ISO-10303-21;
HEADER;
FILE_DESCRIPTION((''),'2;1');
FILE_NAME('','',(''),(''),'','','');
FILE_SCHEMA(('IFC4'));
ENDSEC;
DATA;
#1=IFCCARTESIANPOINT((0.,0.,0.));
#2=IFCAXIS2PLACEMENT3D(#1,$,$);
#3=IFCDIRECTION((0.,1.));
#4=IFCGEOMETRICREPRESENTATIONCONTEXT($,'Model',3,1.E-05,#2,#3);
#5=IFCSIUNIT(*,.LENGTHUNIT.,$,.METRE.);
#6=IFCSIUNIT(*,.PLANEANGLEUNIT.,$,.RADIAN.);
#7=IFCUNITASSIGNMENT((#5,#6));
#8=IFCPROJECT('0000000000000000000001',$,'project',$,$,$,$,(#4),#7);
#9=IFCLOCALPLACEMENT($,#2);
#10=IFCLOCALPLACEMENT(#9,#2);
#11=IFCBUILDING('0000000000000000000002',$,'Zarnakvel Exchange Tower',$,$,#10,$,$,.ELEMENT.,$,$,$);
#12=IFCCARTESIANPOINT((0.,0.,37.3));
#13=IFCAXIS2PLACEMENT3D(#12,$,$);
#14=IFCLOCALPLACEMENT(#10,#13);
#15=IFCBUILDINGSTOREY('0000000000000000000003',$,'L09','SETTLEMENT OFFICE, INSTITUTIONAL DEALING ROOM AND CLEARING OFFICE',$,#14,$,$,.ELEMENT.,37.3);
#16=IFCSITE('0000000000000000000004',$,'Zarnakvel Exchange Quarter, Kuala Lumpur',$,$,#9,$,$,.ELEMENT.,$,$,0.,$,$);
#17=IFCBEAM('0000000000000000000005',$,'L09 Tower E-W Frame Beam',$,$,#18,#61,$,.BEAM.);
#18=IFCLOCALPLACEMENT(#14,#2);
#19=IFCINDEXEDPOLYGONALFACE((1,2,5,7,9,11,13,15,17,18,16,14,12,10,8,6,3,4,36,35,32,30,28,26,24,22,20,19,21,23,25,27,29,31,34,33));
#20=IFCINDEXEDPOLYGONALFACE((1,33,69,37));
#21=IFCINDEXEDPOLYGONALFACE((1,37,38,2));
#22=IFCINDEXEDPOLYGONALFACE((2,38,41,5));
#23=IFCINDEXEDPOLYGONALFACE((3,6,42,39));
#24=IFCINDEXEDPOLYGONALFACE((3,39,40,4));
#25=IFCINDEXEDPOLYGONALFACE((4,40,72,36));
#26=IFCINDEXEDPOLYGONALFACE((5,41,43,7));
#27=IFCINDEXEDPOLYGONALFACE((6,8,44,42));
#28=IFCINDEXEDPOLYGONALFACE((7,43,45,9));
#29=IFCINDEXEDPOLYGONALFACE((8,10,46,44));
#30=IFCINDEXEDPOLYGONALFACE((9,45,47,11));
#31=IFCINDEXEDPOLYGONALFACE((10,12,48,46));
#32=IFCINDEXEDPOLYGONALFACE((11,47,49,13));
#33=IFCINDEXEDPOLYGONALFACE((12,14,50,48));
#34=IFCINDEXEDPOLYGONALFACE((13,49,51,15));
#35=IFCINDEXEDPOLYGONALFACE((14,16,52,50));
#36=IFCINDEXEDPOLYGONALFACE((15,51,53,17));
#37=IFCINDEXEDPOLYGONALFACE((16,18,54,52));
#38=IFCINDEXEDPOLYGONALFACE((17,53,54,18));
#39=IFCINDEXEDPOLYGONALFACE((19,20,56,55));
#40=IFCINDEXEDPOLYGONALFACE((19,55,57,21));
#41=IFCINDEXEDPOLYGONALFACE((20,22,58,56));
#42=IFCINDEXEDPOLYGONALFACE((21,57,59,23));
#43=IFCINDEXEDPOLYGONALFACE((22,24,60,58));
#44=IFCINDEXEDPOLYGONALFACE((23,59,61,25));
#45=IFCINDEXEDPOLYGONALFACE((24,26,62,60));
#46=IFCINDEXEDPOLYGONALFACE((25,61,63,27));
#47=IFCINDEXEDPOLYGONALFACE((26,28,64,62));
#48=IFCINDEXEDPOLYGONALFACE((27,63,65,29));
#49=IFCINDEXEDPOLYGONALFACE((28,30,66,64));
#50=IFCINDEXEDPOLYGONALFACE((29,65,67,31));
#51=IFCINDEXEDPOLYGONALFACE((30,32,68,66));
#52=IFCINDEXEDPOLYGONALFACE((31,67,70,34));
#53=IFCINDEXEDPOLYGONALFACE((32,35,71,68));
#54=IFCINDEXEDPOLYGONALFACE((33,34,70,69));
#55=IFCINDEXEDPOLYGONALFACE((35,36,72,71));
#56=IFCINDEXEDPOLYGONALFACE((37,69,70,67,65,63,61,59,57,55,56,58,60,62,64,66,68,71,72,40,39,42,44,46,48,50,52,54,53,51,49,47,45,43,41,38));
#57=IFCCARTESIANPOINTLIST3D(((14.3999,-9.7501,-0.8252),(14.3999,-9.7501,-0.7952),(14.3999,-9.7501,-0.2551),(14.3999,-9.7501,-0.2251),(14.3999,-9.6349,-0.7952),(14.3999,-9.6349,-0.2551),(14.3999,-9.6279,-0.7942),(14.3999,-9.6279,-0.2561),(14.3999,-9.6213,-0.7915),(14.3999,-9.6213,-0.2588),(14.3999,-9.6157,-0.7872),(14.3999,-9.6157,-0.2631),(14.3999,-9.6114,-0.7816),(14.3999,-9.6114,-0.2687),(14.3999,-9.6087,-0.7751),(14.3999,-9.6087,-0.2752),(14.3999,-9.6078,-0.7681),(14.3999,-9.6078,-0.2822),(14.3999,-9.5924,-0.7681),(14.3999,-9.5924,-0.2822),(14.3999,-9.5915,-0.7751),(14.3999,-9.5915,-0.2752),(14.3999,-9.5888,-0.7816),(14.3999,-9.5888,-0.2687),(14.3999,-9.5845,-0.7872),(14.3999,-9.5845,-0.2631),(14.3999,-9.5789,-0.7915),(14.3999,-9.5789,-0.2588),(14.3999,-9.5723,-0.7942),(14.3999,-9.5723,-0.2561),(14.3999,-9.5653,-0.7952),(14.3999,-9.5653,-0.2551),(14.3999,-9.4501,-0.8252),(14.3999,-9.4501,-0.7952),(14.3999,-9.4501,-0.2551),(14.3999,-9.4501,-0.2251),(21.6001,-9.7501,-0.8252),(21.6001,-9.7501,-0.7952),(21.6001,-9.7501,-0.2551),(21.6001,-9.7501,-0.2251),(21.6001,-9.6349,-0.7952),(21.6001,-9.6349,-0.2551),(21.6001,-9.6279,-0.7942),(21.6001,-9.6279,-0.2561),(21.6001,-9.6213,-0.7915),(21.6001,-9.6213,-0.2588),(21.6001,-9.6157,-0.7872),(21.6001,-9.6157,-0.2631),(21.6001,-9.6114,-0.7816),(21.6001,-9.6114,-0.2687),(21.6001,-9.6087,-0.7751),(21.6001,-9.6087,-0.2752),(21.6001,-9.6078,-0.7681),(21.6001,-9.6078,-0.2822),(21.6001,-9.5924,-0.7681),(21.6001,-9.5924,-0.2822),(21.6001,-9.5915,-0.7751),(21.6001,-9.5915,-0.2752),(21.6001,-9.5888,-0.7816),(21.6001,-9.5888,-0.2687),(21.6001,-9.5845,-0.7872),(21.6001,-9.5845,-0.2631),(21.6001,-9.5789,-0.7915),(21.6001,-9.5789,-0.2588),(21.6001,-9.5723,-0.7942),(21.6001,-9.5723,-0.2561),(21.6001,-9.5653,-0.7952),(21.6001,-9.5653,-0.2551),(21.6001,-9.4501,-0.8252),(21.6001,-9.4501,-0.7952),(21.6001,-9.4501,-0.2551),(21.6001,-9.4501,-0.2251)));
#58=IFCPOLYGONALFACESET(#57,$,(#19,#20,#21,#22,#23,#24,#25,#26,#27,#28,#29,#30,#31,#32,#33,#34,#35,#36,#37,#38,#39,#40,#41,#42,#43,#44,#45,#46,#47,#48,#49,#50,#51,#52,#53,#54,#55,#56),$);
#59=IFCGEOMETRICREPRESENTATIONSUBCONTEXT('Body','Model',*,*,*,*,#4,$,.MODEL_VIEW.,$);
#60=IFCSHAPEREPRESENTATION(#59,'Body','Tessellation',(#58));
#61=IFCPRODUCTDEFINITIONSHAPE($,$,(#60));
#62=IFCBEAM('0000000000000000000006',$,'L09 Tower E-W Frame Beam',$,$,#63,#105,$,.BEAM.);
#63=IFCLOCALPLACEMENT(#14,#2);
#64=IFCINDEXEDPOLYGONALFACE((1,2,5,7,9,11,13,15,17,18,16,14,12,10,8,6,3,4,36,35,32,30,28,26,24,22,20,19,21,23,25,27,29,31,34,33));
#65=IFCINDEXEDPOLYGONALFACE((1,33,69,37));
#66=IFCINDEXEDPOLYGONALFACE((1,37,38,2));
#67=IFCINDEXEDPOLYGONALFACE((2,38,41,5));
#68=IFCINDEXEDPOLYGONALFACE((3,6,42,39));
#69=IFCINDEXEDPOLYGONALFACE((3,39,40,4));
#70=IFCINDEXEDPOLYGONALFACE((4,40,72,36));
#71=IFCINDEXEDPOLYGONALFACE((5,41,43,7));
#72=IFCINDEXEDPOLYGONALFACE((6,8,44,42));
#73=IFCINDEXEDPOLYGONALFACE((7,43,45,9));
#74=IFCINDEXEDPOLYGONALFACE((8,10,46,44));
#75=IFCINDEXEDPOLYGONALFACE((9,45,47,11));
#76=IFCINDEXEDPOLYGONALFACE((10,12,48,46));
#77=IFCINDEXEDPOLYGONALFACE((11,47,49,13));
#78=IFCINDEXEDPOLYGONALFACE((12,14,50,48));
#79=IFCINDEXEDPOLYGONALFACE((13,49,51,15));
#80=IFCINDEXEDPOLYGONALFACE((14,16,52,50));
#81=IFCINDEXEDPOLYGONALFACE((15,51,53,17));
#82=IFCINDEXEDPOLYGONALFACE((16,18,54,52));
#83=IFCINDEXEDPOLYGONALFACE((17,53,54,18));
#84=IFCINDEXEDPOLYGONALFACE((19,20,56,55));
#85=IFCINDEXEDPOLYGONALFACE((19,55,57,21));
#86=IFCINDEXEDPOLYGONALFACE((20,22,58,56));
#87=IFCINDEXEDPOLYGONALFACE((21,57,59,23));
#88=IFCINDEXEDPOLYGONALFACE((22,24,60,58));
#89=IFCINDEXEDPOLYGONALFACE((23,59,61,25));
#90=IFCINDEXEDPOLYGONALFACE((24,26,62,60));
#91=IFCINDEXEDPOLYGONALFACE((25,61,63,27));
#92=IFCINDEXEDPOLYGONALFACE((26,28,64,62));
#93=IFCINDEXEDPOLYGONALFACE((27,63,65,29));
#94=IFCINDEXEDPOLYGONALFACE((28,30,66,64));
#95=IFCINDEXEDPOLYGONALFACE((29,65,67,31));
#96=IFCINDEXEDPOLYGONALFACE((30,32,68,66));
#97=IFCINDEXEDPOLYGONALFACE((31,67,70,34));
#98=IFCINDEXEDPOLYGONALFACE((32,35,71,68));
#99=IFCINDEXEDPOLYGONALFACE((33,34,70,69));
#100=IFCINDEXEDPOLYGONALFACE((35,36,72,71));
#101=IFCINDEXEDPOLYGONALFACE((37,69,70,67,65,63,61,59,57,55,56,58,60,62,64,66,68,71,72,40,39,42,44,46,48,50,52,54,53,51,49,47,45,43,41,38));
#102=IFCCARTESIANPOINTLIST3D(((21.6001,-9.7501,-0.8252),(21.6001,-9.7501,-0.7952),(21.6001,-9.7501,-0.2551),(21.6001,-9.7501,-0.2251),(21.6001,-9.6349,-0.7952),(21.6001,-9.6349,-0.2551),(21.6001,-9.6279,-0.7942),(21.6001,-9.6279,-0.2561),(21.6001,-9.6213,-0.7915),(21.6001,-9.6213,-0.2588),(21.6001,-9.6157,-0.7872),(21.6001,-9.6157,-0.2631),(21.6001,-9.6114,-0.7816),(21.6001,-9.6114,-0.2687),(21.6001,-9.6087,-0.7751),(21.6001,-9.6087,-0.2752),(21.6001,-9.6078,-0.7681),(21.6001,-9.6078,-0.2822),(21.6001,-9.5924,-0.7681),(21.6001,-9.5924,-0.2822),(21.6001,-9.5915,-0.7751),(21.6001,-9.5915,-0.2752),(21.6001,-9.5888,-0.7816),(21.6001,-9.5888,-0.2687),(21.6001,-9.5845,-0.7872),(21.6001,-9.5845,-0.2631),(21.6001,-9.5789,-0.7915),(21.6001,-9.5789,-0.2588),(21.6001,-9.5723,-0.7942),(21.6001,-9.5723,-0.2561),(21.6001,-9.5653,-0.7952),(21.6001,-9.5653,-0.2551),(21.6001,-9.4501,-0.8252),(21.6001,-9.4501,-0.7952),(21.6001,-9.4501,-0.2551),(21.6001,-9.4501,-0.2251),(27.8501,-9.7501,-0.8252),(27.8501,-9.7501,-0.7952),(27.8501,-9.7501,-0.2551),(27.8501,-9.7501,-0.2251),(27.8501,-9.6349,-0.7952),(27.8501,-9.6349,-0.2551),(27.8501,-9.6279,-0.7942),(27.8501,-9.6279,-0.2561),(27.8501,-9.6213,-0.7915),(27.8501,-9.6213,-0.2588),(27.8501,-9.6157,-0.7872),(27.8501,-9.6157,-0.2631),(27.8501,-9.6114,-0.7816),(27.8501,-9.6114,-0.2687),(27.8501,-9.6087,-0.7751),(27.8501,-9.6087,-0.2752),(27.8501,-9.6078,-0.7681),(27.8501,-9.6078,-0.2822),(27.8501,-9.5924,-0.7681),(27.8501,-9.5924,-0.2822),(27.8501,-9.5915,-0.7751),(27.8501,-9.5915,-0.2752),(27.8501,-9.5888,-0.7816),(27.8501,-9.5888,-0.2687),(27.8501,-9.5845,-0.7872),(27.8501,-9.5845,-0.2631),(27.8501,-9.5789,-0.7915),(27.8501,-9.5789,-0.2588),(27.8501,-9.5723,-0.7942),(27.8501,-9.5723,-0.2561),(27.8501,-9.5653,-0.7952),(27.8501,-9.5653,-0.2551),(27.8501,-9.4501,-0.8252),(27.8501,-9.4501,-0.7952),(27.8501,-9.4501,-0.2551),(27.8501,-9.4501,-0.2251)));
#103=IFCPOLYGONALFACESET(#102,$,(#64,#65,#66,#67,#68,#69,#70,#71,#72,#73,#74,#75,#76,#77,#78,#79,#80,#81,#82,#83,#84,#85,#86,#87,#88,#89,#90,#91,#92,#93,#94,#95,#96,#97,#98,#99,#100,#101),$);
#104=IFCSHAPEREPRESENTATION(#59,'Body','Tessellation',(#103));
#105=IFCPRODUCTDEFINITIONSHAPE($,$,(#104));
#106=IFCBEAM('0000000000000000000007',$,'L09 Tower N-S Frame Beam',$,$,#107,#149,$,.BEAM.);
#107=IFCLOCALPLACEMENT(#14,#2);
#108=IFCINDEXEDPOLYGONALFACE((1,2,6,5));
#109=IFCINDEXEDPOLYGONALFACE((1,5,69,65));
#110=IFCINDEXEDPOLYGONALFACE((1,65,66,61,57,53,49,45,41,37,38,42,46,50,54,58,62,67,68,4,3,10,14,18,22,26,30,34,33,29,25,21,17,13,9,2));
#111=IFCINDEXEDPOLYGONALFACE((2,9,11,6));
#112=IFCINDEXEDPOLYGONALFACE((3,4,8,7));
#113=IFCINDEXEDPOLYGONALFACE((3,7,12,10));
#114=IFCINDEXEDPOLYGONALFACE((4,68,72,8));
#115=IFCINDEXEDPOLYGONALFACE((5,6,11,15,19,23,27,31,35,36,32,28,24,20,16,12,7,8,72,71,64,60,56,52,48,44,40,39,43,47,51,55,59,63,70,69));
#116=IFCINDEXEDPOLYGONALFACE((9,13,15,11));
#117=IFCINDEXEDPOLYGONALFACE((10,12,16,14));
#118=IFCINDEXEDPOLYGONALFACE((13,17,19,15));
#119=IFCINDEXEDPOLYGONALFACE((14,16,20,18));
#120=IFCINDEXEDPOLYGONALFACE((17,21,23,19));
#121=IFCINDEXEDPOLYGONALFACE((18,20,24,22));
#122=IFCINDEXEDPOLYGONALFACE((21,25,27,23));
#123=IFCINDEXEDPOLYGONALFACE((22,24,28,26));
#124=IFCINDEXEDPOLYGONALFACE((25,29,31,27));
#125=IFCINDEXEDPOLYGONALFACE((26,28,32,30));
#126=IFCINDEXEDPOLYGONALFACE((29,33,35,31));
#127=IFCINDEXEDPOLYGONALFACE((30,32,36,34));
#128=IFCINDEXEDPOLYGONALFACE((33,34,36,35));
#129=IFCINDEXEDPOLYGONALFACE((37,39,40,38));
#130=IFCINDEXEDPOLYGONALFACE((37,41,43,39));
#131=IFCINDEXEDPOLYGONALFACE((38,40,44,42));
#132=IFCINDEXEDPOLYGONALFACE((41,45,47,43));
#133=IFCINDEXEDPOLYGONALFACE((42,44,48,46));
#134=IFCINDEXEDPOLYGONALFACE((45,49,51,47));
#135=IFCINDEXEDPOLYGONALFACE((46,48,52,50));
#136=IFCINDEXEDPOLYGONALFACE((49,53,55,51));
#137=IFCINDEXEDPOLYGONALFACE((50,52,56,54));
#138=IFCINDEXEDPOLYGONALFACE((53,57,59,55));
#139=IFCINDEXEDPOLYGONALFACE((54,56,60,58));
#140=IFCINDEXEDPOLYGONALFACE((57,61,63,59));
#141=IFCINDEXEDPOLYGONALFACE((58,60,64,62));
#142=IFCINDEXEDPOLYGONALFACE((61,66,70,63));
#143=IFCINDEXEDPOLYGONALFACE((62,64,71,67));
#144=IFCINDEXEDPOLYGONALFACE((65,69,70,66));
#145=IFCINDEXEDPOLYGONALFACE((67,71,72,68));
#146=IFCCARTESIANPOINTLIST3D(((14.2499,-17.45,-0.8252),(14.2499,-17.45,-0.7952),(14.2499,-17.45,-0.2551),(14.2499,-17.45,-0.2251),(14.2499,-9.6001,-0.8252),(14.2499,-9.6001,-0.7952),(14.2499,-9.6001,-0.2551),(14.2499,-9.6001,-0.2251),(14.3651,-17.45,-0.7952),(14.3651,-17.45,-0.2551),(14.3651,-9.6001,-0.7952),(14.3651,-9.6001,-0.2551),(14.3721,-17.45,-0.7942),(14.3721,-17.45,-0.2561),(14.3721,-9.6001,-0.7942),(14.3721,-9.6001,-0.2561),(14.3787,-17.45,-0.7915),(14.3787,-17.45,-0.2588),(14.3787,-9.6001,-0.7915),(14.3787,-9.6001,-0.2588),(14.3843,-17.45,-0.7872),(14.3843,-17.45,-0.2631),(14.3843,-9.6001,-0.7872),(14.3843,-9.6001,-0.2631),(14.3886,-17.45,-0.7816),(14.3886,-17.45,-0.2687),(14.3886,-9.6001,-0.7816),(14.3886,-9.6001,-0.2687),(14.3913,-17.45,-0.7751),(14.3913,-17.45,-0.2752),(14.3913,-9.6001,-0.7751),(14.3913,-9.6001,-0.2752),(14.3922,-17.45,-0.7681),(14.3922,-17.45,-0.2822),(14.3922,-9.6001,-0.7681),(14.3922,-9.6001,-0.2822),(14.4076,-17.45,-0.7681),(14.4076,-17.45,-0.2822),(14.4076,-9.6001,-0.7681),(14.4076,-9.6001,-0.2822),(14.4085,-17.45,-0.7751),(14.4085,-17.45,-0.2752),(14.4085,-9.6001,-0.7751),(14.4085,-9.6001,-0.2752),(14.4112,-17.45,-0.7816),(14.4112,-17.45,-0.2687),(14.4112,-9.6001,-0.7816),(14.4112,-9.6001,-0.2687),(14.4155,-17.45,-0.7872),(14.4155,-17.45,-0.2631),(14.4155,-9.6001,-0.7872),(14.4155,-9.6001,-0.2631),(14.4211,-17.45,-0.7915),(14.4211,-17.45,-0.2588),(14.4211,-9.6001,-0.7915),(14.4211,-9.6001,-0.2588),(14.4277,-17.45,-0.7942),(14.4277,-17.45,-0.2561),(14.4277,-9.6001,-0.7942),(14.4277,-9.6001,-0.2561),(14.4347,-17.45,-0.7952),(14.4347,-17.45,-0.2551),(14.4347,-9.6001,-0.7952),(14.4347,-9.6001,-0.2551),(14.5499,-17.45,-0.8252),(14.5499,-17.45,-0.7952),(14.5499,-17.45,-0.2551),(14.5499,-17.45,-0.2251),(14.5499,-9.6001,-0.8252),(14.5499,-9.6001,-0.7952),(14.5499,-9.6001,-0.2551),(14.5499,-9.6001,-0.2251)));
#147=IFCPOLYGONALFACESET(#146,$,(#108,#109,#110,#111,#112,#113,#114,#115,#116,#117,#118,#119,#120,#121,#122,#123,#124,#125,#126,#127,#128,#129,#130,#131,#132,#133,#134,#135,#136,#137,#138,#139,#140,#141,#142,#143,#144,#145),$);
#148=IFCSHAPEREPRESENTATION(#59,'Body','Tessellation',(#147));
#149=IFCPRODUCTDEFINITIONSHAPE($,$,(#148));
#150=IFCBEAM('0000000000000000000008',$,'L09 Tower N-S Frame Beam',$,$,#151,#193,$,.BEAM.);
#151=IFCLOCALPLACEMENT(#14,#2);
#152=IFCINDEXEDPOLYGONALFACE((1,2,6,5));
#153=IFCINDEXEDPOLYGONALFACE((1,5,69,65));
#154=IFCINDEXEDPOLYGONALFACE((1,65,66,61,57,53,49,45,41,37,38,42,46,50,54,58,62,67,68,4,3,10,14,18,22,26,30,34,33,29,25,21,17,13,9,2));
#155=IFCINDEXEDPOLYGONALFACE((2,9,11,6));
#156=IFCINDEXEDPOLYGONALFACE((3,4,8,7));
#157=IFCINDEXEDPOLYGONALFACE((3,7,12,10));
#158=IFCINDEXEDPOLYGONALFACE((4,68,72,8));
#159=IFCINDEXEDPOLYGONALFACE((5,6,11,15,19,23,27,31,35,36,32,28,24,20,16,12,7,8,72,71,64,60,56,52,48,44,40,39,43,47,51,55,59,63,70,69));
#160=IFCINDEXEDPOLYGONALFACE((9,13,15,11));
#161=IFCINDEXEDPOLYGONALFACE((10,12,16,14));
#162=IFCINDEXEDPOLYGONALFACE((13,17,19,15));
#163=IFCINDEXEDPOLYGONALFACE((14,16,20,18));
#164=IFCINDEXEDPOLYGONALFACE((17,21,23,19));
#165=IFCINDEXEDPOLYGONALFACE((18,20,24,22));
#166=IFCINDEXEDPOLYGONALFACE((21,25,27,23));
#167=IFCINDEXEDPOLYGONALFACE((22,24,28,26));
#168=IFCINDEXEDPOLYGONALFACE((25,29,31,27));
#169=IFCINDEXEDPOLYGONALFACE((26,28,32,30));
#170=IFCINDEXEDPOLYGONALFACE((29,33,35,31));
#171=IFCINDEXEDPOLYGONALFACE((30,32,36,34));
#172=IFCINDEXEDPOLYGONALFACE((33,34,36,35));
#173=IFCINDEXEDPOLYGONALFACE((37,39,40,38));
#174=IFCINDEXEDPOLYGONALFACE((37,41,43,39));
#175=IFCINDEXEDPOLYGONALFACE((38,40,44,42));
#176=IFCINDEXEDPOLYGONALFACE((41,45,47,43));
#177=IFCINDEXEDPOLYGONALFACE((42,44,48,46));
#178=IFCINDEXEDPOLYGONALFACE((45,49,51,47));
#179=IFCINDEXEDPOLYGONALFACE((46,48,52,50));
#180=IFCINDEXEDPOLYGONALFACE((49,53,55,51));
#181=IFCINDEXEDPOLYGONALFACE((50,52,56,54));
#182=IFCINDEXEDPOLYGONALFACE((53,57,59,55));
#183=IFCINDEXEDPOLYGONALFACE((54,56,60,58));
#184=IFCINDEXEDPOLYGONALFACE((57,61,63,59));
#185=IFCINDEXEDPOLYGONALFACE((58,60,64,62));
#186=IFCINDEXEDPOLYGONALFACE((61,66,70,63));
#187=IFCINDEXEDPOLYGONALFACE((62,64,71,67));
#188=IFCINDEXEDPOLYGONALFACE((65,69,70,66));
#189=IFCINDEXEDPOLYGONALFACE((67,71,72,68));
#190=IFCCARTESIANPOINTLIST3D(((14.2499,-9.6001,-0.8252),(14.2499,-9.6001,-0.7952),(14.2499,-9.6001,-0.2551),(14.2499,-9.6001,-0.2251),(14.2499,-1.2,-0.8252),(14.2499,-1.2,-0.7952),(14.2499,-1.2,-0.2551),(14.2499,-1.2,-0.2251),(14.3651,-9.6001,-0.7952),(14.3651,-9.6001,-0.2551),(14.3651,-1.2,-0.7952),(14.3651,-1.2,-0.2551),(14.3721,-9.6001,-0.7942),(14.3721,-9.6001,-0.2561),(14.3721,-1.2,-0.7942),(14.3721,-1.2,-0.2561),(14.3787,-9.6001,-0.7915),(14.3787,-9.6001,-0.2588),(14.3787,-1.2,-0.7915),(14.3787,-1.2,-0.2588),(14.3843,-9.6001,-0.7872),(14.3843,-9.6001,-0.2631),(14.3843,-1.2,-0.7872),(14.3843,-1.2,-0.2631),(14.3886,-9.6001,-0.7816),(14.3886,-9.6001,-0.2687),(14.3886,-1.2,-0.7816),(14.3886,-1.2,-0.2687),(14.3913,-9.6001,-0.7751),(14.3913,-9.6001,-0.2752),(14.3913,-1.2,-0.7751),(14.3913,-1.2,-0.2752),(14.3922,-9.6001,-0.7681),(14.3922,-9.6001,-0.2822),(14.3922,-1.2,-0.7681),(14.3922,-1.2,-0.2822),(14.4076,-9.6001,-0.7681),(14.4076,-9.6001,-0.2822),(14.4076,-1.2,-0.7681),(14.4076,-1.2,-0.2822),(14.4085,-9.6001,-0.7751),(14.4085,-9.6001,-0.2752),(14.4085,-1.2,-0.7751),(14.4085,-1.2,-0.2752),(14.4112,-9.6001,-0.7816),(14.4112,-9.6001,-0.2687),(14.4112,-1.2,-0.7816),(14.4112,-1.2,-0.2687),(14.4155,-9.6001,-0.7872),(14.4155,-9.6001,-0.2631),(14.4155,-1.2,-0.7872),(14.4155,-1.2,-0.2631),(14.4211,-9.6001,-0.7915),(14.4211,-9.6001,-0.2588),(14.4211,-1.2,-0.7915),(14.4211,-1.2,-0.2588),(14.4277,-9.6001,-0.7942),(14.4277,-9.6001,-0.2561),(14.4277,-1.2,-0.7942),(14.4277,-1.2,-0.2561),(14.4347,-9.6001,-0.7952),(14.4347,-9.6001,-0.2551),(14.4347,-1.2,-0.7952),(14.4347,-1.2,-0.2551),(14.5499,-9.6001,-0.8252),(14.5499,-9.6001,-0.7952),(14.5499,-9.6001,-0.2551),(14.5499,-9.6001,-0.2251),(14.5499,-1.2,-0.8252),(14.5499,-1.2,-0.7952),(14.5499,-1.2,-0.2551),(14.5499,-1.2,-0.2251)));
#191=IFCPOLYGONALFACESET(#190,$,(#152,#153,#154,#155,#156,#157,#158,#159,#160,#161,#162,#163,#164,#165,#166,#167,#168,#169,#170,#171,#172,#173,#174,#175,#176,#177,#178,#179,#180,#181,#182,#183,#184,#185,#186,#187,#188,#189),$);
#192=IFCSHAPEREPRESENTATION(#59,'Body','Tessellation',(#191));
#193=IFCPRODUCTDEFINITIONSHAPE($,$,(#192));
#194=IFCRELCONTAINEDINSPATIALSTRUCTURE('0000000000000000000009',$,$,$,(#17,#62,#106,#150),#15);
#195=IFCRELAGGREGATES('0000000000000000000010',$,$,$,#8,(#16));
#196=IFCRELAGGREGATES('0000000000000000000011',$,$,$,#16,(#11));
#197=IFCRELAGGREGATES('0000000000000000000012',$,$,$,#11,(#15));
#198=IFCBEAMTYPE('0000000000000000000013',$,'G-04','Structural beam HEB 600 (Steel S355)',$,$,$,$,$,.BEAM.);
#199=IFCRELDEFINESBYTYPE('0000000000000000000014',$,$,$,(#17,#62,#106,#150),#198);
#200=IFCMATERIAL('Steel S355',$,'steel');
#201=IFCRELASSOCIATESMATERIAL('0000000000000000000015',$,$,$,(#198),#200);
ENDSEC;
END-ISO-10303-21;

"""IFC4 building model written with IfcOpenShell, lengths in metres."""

from ifc_helpers import new_model, si_unit, direction, frame, origin, origin_2d, place, context, subcontext, project, spatial, i_section, extrude, material, material_profile, profile_set, type_object, element, save


model = new_model("IFC4")

# Units and contexts
model_context = context("Model", 3, precision=1e-05, world=origin(), true_north=direction((0.0, 1.0)))
body_context = subcontext(model_context, "Body", "Model", "MODEL_VIEW")
ifc_project = project(units=[si_unit("LENGTHUNIT", "METRE"), si_unit("PLANEANGLEUNIT", "RADIAN")], contexts=[model_context])

# Site, building, storey
site_placement = place(None, origin())
site = spatial("IfcSite", under=ifc_project, at=site_placement, Name="Zarnakvel Exchange Quarter, Kuala Lumpur", CompositionType="ELEMENT", RefElevation=0.0)
building_placement = place(site_placement, origin())
building = spatial("IfcBuilding", under=site, at=building_placement, Name="Zarnakvel Exchange Tower", CompositionType="ELEMENT")
storey_placement = place(building_placement, frame((0.0, 0.0, 37.3)))
storey = spatial("IfcBuildingStorey", under=building, at=storey_placement, Name="L09", Description="SETTLEMENT OFFICE, INSTITUTIONAL DEALING ROOM AND CLEARING OFFICE", CompositionType="ELEMENT", Elevation=37.3)

# Shared definitions
ifc_material_1 = material(Name="Steel S355", Category="steel")

# Beams
ifc_material_profile_1 = material_profile(ifc_material_1, i_section(OverallWidth=0.3, OverallDepth=0.6001, WebThickness=0.0154, FlangeThickness=0.03, FilletRadius=0.0271, at=origin_2d()))
ifc_profile_set_1 = profile_set([ifc_material_profile_1], Name="Steel S355")
beam_type_1 = type_object("IfcBeamType", Name="G-04", Description="Structural beam HEB 600 (Steel S355)", PredefinedType="BEAM", material=ifc_profile_set_1)
beam_1_placement = place(storey_placement, frame((14.3999, -9.6001, -0.5251), z_axis=(1.0, 0.0, 0.0), x_axis=(0.0, 1.0, 0.0)))
element("IfcBeam", 1, at=beam_1_placement, inside=storey, type_object=beam_type_1, Name="L09 Tower E-W Frame Beam", PredefinedType="BEAM", context=body_context, shape_type="SweptSolid", body=[
    extrude(i_section(OverallWidth=0.3, OverallDepth=0.6001, WebThickness=0.0154, FlangeThickness=0.03, FilletRadius=0.0271, at=origin_2d()), origin(), (0.0, 0.0, 1.0), 7.2002),
])
beam_2_placement = place(storey_placement, frame((21.6001, -9.6001, -0.5251), z_axis=(1.0, 0.0, 0.0), x_axis=(0.0, 1.0, 0.0)))
element("IfcBeam", 2, at=beam_2_placement, inside=storey, type_object=beam_type_1, Name="L09 Tower E-W Frame Beam", PredefinedType="BEAM", context=body_context, shape_type="SweptSolid", body=[
    extrude(i_section(OverallWidth=0.3, OverallDepth=0.6001, WebThickness=0.0154, FlangeThickness=0.03, FilletRadius=0.0271, at=origin_2d()), origin(), (0.0, 0.0, 1.0), 6.25),
])
beam_3_placement = place(storey_placement, frame((14.3999, -17.45, -0.5251), z_axis=(0.0, 1.0, 0.0), x_axis=(-1.0, 0.0, 0.0)))
element("IfcBeam", 3, at=beam_3_placement, inside=storey, type_object=beam_type_1, Name="L09 Tower N-S Frame Beam", PredefinedType="BEAM", context=body_context, shape_type="SweptSolid", body=[
    extrude(i_section(OverallWidth=0.3, OverallDepth=0.6001, WebThickness=0.0154, FlangeThickness=0.03, FilletRadius=0.0271, at=origin_2d()), origin(), (0.0, 0.0, 1.0), 7.8499),
])
beam_4_placement = place(storey_placement, frame((14.3999, -9.6001, -0.5251), z_axis=(0.0, 1.0, 0.0), x_axis=(-1.0, 0.0, 0.0)))
element("IfcBeam", 4, at=beam_4_placement, inside=storey, type_object=beam_type_1, Name="L09 Tower N-S Frame Beam", PredefinedType="BEAM", context=body_context, shape_type="SweptSolid", body=[
    extrude(i_section(OverallWidth=0.3, OverallDepth=0.6001, WebThickness=0.0154, FlangeThickness=0.03, FilletRadius=0.0271, at=origin_2d()), origin(), (0.0, 0.0, 1.0), 8.4001),
])

save(model, "model.ifc")
